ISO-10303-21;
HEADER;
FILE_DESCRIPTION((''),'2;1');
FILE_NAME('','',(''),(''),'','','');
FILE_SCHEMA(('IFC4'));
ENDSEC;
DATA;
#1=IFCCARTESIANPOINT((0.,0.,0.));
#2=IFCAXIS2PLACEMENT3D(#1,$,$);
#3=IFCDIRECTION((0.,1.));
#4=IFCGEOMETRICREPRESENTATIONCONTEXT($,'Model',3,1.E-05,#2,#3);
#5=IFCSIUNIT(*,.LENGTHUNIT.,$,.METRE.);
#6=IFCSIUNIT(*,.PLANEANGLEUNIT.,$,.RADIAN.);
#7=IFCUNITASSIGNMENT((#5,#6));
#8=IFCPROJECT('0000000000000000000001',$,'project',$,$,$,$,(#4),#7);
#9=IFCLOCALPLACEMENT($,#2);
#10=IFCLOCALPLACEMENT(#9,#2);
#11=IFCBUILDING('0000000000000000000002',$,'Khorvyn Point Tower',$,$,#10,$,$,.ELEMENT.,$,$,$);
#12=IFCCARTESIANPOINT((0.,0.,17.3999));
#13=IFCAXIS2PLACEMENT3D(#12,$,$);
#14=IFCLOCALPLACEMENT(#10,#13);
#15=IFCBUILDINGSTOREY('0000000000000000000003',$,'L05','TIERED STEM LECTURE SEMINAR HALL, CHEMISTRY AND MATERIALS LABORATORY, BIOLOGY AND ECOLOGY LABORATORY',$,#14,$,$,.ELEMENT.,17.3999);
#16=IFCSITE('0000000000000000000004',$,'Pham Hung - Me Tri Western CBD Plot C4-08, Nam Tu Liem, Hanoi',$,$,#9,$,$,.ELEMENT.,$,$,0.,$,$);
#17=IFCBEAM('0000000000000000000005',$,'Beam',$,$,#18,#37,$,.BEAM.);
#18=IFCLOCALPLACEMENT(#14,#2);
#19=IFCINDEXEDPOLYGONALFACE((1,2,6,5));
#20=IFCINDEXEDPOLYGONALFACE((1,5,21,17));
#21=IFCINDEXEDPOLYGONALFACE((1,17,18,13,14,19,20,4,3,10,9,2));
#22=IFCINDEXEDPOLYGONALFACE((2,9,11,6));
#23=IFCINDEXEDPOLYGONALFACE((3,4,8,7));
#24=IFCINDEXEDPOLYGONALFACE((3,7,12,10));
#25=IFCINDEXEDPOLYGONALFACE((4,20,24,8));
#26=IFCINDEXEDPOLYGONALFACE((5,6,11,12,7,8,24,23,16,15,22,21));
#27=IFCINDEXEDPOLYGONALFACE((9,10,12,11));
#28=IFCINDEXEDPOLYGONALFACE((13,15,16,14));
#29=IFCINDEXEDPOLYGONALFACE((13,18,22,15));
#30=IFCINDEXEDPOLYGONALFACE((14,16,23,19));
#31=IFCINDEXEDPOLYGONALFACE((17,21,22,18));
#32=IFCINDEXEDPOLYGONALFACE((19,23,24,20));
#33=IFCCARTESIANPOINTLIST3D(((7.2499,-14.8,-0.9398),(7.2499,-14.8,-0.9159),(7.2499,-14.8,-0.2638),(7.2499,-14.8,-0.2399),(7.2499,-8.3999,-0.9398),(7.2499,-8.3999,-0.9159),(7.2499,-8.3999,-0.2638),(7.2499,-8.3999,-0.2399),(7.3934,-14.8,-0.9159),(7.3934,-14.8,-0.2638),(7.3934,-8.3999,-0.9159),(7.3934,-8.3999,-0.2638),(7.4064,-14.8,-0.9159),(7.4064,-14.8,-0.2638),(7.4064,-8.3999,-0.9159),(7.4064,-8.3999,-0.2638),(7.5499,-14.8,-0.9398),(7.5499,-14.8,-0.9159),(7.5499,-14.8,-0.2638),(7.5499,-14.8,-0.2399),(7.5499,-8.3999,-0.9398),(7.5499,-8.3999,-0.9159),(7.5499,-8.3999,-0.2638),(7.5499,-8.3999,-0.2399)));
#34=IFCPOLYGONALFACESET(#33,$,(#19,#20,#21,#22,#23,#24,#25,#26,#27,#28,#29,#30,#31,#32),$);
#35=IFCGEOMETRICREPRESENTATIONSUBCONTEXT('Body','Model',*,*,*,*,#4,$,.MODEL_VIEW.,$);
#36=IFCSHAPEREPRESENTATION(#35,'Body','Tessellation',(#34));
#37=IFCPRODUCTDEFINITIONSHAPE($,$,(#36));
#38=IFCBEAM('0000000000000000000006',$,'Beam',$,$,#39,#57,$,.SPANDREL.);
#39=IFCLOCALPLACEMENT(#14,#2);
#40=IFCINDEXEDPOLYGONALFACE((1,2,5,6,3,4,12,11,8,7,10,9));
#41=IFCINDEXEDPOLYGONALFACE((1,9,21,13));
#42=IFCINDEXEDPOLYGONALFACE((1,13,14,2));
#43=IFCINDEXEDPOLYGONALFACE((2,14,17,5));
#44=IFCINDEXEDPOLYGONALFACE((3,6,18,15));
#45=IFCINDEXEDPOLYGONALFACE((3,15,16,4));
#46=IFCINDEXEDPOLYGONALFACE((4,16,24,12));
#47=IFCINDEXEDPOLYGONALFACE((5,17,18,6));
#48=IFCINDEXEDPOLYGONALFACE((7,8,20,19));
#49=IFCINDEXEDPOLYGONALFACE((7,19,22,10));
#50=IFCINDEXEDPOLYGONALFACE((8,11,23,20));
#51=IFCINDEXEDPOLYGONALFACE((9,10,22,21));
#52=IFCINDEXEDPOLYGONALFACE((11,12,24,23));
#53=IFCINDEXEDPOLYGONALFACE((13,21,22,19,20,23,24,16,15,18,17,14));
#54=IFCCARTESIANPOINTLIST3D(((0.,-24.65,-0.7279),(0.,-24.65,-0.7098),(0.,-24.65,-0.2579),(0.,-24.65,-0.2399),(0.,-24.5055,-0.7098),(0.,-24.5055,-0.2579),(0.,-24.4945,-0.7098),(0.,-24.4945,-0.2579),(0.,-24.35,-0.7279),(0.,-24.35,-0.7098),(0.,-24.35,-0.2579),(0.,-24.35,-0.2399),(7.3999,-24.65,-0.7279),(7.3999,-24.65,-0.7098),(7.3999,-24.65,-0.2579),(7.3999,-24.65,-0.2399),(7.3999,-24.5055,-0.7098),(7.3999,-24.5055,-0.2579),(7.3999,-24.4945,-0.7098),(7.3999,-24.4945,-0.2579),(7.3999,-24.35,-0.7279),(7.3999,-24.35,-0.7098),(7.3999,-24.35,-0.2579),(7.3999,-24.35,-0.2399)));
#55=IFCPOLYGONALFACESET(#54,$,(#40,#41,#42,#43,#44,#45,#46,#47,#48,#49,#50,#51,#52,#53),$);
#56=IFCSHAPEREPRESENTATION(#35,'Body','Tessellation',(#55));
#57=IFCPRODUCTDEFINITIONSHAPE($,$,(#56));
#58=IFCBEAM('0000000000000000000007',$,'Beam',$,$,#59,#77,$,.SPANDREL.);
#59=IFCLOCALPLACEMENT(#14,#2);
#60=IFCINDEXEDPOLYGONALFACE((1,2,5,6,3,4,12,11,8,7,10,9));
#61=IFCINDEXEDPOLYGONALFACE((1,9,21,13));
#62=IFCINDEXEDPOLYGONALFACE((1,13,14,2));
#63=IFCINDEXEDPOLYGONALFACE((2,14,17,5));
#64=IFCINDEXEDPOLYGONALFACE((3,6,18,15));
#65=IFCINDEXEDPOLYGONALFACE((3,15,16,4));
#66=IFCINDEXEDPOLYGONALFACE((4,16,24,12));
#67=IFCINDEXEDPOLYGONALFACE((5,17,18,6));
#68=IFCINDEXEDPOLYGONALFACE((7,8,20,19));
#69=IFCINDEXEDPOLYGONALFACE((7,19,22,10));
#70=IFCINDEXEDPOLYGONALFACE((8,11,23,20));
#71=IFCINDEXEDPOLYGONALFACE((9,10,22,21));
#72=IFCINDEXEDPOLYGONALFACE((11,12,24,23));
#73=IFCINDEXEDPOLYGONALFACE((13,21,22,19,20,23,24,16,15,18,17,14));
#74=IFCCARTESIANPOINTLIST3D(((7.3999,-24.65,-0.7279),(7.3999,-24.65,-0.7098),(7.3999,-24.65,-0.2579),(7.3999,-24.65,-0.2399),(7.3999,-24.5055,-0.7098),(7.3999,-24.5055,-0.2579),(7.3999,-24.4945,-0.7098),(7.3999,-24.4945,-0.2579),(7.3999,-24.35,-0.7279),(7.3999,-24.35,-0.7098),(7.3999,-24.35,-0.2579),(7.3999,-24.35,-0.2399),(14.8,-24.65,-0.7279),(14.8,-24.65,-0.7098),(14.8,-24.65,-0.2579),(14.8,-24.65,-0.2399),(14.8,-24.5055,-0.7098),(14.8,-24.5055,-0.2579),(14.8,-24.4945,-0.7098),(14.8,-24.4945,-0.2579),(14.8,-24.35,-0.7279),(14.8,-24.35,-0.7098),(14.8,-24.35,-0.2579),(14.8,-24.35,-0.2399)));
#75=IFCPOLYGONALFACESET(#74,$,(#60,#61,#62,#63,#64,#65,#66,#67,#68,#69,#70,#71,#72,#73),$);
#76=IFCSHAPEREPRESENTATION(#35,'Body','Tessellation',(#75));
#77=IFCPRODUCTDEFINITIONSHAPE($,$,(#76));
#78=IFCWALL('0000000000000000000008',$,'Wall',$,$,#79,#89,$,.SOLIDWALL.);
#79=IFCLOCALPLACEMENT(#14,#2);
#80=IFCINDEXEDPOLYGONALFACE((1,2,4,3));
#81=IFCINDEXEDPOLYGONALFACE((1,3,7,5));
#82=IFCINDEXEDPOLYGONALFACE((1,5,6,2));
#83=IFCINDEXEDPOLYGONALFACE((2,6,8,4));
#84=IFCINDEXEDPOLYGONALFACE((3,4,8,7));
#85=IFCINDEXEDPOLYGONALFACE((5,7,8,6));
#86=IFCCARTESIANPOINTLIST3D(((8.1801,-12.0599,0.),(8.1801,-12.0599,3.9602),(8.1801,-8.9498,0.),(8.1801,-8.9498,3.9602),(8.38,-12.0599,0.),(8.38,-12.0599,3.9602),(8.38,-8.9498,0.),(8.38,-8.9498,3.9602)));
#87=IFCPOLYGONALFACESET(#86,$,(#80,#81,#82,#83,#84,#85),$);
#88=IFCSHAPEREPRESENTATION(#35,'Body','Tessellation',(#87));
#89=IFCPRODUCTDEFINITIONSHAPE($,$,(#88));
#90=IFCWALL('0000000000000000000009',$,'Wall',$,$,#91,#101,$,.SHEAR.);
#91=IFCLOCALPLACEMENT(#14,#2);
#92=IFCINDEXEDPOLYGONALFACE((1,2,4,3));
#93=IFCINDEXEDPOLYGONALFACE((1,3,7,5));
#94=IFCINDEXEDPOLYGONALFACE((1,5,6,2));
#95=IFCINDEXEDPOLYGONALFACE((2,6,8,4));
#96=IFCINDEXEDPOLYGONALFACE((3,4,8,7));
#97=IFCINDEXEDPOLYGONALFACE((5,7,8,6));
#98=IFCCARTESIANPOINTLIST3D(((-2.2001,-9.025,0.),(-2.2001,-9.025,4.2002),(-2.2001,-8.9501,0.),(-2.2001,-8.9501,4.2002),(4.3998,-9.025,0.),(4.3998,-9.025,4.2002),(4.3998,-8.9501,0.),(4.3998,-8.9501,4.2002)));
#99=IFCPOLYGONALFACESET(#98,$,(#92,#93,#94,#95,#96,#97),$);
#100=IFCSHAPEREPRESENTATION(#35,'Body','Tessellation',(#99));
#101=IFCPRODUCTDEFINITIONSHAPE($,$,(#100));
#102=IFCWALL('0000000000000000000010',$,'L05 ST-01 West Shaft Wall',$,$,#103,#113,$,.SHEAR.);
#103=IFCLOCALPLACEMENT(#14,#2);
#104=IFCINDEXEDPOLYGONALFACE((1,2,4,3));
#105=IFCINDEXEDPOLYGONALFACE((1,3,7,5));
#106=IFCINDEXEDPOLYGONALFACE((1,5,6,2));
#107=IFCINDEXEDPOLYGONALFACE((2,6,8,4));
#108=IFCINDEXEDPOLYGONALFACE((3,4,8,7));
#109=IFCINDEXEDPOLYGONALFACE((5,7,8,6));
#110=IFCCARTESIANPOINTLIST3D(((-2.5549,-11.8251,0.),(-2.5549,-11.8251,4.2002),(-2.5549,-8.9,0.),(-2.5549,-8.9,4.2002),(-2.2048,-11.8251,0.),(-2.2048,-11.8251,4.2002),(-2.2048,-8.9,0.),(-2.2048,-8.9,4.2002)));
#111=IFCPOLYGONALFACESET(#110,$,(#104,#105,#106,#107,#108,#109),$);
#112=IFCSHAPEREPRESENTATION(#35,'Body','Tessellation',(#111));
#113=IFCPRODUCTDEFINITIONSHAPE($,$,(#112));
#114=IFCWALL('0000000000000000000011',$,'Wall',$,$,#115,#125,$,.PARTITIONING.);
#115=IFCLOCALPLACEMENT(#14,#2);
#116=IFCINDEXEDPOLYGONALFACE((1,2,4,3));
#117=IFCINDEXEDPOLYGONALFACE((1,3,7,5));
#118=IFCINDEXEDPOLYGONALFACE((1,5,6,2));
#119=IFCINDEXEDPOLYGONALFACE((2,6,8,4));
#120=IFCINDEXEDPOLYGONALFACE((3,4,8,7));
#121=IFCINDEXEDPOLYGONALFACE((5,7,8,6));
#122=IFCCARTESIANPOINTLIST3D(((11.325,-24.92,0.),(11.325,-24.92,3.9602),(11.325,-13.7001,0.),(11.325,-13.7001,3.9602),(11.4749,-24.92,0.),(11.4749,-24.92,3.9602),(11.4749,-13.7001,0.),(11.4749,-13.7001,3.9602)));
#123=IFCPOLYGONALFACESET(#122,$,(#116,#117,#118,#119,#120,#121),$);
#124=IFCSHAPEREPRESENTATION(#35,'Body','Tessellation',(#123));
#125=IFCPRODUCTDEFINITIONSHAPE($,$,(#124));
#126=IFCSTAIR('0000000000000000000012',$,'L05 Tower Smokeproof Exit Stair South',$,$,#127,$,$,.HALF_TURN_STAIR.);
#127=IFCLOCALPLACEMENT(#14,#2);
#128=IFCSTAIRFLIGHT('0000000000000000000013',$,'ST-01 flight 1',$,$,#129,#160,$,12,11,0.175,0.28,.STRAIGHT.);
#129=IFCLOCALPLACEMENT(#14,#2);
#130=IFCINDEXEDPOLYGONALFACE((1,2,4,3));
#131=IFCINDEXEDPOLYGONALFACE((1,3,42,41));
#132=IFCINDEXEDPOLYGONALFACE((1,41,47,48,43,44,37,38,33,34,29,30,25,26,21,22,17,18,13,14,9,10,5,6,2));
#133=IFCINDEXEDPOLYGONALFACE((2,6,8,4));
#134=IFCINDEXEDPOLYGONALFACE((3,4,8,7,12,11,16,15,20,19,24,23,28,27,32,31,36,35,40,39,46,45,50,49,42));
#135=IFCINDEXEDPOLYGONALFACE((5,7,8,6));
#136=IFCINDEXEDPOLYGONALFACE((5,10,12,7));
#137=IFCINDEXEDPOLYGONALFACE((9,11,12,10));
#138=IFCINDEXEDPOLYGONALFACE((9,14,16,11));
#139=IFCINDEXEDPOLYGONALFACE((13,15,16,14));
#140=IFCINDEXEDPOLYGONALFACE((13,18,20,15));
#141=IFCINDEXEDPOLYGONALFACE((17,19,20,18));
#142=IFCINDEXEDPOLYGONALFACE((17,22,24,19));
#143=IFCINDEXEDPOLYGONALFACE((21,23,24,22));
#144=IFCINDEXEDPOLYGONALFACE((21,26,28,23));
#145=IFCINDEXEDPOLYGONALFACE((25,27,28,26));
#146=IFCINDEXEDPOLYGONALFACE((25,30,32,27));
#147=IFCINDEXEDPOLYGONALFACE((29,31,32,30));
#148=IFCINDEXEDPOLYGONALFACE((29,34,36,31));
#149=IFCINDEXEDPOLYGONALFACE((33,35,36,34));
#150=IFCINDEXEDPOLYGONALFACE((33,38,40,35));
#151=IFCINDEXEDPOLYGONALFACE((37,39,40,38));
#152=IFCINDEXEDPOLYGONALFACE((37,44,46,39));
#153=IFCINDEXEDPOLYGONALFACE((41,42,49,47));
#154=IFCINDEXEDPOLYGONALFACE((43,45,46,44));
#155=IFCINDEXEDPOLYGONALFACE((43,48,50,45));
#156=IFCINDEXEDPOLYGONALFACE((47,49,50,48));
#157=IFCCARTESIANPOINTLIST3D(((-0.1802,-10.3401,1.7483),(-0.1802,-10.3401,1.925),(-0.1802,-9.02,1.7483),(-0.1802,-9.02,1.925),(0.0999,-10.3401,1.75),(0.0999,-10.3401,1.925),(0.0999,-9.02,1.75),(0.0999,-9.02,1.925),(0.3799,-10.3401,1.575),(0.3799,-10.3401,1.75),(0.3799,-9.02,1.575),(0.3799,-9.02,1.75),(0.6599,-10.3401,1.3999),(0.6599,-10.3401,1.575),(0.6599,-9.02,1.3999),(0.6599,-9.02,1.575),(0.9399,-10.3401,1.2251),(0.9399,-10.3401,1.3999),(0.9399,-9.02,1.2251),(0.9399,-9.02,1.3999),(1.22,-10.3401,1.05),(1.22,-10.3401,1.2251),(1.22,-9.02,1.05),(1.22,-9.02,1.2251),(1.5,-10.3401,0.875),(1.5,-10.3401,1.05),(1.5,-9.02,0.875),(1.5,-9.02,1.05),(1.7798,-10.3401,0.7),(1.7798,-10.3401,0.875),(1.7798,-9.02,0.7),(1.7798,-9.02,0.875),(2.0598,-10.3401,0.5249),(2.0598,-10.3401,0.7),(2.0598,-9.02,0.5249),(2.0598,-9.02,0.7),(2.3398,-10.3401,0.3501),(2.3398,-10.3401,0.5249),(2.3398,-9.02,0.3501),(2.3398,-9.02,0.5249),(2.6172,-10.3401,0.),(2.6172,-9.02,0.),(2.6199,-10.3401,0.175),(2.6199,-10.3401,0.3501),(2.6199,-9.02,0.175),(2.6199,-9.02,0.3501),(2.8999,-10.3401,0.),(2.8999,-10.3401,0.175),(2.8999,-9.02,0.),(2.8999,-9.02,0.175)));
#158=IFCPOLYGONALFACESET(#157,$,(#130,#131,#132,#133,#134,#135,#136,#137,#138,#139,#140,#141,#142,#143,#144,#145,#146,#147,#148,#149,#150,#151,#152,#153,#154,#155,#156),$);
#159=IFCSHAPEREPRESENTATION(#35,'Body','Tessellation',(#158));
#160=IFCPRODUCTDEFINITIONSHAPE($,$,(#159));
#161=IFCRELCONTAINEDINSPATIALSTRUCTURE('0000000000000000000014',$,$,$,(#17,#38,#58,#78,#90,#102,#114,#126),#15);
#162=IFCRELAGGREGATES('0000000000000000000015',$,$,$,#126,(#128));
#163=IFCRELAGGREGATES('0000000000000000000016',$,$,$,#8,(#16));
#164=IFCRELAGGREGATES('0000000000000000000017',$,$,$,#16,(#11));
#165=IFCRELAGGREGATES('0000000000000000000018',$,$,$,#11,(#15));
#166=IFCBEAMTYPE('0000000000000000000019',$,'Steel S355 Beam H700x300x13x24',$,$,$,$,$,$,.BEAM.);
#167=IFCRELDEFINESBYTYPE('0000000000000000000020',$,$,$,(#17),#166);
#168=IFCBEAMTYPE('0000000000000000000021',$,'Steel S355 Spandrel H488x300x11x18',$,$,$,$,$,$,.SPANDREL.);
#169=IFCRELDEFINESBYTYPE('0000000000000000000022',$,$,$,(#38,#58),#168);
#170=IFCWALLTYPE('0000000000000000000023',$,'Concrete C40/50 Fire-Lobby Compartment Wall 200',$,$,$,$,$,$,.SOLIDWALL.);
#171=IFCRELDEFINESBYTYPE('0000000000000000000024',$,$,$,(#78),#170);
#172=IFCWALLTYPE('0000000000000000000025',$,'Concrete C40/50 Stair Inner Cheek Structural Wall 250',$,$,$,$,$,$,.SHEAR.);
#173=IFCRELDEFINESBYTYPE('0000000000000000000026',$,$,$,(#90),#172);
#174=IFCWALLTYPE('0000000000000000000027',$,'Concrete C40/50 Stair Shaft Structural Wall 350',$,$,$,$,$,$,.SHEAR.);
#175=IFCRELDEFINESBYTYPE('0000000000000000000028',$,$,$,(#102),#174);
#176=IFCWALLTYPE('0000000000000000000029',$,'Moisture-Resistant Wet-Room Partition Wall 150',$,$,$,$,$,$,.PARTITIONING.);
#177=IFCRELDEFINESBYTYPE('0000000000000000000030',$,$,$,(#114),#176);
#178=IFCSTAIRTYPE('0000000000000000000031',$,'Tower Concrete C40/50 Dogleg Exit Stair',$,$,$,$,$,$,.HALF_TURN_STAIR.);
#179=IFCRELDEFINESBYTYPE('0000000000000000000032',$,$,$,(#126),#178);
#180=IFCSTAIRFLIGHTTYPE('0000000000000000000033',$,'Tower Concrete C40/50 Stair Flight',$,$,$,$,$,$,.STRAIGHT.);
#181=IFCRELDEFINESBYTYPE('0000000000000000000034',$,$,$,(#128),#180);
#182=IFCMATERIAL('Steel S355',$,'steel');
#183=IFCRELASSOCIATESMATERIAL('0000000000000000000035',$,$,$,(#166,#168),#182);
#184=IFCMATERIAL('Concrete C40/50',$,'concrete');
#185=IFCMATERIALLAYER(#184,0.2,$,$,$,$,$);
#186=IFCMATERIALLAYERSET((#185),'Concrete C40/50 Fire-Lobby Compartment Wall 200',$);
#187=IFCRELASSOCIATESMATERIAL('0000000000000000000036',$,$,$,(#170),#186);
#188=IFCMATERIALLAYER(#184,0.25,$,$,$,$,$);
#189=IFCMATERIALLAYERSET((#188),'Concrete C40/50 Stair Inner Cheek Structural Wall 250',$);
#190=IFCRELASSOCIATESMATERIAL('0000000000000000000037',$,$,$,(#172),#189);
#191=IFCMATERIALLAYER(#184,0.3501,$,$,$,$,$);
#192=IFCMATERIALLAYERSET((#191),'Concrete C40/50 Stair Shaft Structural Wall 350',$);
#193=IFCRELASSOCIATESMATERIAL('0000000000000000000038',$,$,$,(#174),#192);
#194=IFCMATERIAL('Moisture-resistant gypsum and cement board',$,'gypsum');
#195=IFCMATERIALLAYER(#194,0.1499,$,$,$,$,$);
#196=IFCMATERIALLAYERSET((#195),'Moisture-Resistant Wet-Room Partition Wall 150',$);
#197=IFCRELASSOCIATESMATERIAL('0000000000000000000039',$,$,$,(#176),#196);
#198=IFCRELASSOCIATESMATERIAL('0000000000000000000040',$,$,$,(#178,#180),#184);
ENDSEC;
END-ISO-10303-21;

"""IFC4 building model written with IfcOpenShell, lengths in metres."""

from ifc_helpers import new_model, si_unit, direction, frame, frame_2d, origin, origin_2d, place, context, subcontext, project, spatial, polyline, rectangle, i_section, outline, extrude, material, layer, layer_set, material_profile, profile_set, type_object, element, aggregate, save


model = new_model("IFC4")

# Units and contexts
model_context = context("Model", 3, precision=1e-05, world=origin(), true_north=direction((0.0, 1.0)))
body_context = subcontext(model_context, "Body", "Model", "MODEL_VIEW")
ifc_project = project(units=[si_unit("LENGTHUNIT", "METRE"), si_unit("PLANEANGLEUNIT", "RADIAN")], contexts=[model_context])

# Site, building, storey
site_placement = place(None, origin())
site = spatial("IfcSite", under=ifc_project, at=site_placement, Name="Pham Hung - Me Tri Western CBD Plot C4-08, Nam Tu Liem, Hanoi", CompositionType="ELEMENT", RefElevation=0.0)
building_placement = place(site_placement, origin())
building = spatial("IfcBuilding", under=site, at=building_placement, Name="Khorvyn Point Tower", CompositionType="ELEMENT")
storey_placement = place(building_placement, frame((0.0, 0.0, 17.3999)))
storey = spatial("IfcBuildingStorey", under=building, at=storey_placement, Name="L05", Description="TIERED STEM LECTURE SEMINAR HALL, CHEMISTRY AND MATERIALS LABORATORY, BIOLOGY AND ECOLOGY LABORATORY", CompositionType="ELEMENT", Elevation=17.3999)

# Shared definitions
ifc_material_1 = material(Name="Concrete C40/50", Category="concrete")

# Beams
ifc_material_2 = material(Name="Steel S355", Category="steel")
ifc_material_profile_1 = material_profile(ifc_material_2, i_section(OverallWidth=0.3, OverallDepth=0.7, WebThickness=0.0129, FlangeThickness=0.0239, at=origin_2d()))
ifc_profile_set_1 = profile_set([ifc_material_profile_1], Name="Steel S355 H700x300x13x24")
beam_type_1 = type_object("IfcBeamType", Name="Steel S355 Beam H700x300x13x24", PredefinedType="BEAM", material=ifc_profile_set_1)
beam_1_placement = place(storey_placement, frame((7.3999, -14.8, -0.5898), z_axis=(0.0, 1.0, 0.0), x_axis=(-1.0, 0.0, 0.0)))
element("IfcBeam", 1, at=beam_1_placement, inside=storey, type_object=beam_type_1, Name="Beam", PredefinedType="BEAM", context=body_context, shape_type="SweptSolid", body=[
    extrude(i_section(OverallWidth=0.3, OverallDepth=0.7, WebThickness=0.0129, FlangeThickness=0.0239, at=origin_2d()), origin(), (0.0, 0.0, 1.0), 6.4001),
])
ifc_material_profile_2 = material_profile(ifc_material_2, i_section(OverallWidth=0.3, OverallDepth=0.488, WebThickness=0.011, FlangeThickness=0.0181, at=origin_2d()))
ifc_profile_set_2 = profile_set([ifc_material_profile_2], Name="Steel S355 H488x300x11x18")
beam_type_2 = type_object("IfcBeamType", Name="Steel S355 Spandrel H488x300x11x18", PredefinedType="SPANDREL", material=ifc_profile_set_2)
beam_2_placement = place(storey_placement, frame((0.0, -24.5, -0.4839), z_axis=(1.0, 0.0, 0.0), x_axis=(0.0, 1.0, 0.0)))
element("IfcBeam", 2, at=beam_2_placement, inside=storey, type_object=beam_type_2, Name="Beam", PredefinedType="SPANDREL", context=body_context, shape_type="SweptSolid", body=[
    extrude(i_section(OverallWidth=0.3, OverallDepth=0.488, WebThickness=0.011, FlangeThickness=0.0181, at=origin_2d()), origin(), (0.0, 0.0, 1.0), 7.3999),
])
beam_3_placement = place(storey_placement, frame((7.3999, -24.5, -0.4839), z_axis=(1.0, 0.0, 0.0), x_axis=(0.0, 1.0, 0.0)))
element("IfcBeam", 3, at=beam_3_placement, inside=storey, type_object=beam_type_2, Name="Beam", PredefinedType="SPANDREL", context=body_context, shape_type="SweptSolid", body=[
    extrude(i_section(OverallWidth=0.3, OverallDepth=0.488, WebThickness=0.011, FlangeThickness=0.0181, at=origin_2d()), origin(), (0.0, 0.0, 1.0), 7.4001),
])

# Shared definitions
ifc_layer_1 = layer(ifc_material_1, 0.2)
ifc_layer_set_1 = layer_set([ifc_layer_1], Name="Concrete C40/50 Fire-Lobby Compartment Wall 200")
wall_type_1 = type_object("IfcWallType", Name="Concrete C40/50 Fire-Lobby Compartment Wall 200", PredefinedType="SOLIDWALL", material=ifc_layer_set_1)

# Walls
wall_1_placement = place(storey_placement, frame((8.28, -12.0601, 0.0), z_axis=(0.0, 0.0, 1.0), x_axis=(0.0, 1.0, 0.0)))
element("IfcWall", 4, at=wall_1_placement, inside=storey, type_object=wall_type_1, Name="Wall", PredefinedType="SOLIDWALL", context=body_context, shape_type="SweptSolid", body=[
    extrude(rectangle(XDim=3.1101, YDim=0.2, at=frame_2d((1.5552, 0.0))), origin(), (0.0, 0.0, 1.0), 3.9602),
])
ifc_layer_2 = layer(ifc_material_1, 0.25)
ifc_layer_set_2 = layer_set([ifc_layer_2], Name="Concrete C40/50 Stair Inner Cheek Structural Wall 250")
wall_type_2 = type_object("IfcWallType", Name="Concrete C40/50 Stair Inner Cheek Structural Wall 250", PredefinedType="SHEAR", material=ifc_layer_set_2)
wall_2_placement = place(storey_placement, frame((-2.2, -8.9875, 0.0), z_axis=(0.0, 0.0, 1.0), x_axis=(1.0, 0.0, 0.0)))
element("IfcWall", 5, at=wall_2_placement, inside=storey, type_object=wall_type_2, Name="Wall", PredefinedType="SHEAR", context=body_context, shape_type="SweptSolid", body=[
    extrude(rectangle(XDim=6.5999, YDim=0.075, at=frame_2d((3.2998, 0.0))), origin(), (0.0, 0.0, 1.0), 4.2002),
])
ifc_layer_3 = layer(ifc_material_1, 0.3501)
ifc_layer_set_3 = layer_set([ifc_layer_3], Name="Concrete C40/50 Stair Shaft Structural Wall 350")
wall_type_3 = type_object("IfcWallType", Name="Concrete C40/50 Stair Shaft Structural Wall 350", PredefinedType="SHEAR", material=ifc_layer_set_3)
wall_3_placement = place(storey_placement, frame((-2.3799, -11.825, 0.0), z_axis=(0.0, 0.0, 1.0), x_axis=(0.0, 1.0, 0.0)))
element("IfcWall", 6, at=wall_3_placement, inside=storey, type_object=wall_type_3, Name="L05 ST-01 West Shaft Wall", PredefinedType="SHEAR", context=body_context, shape_type="SweptSolid", body=[
    extrude(rectangle(XDim=2.925, YDim=0.3501, at=frame_2d((1.4624, 0.0))), origin(), (0.0, 0.0, 1.0), 4.2002),
])
ifc_material_3 = material(Name="Moisture-resistant gypsum and cement board", Category="gypsum")
ifc_layer_4 = layer(ifc_material_3, 0.1499)
ifc_layer_set_4 = layer_set([ifc_layer_4], Name="Moisture-Resistant Wet-Room Partition Wall 150")
wall_type_4 = type_object("IfcWallType", Name="Moisture-Resistant Wet-Room Partition Wall 150", PredefinedType="PARTITIONING", material=ifc_layer_set_4)
wall_4_placement = place(storey_placement, frame((11.3999, -24.9199, 0.0), z_axis=(0.0, 0.0, 1.0), x_axis=(0.0, 1.0, 0.0)))
element("IfcWall", 7, at=wall_4_placement, inside=storey, type_object=wall_type_4, Name="Wall", PredefinedType="PARTITIONING", context=body_context, shape_type="SweptSolid", body=[
    extrude(rectangle(XDim=11.22, YDim=0.1499, at=frame_2d((5.6099, 0.0))), origin(), (0.0, 0.0, 1.0), 3.9602),
])

# Stair, stair flight
stair_type = type_object("IfcStairType", Name="Tower Concrete C40/50 Dogleg Exit Stair", PredefinedType="HALF_TURN_STAIR", material=ifc_material_1)
stair_placement = place(storey_placement, origin())
stair = element("IfcStair", 8, at=stair_placement, inside=storey, type_object=stair_type, Name="L05 Tower Smokeproof Exit Stair South", PredefinedType="HALF_TURN_STAIR")
stair_flight_type = type_object("IfcStairFlightType", Name="Tower Concrete C40/50 Stair Flight", PredefinedType="STRAIGHT", material=ifc_material_1)
stair_flight_1_placement = place(storey_placement, frame((2.8999, -9.6799, 0.0), z_axis=(0.0, 0.0, 1.0), x_axis=(-1.0, 0.0, 0.0)))
stair_flight_1 = element("IfcStairFlight", 9, at=stair_flight_1_placement, type_object=stair_flight_type, Name="ST-01 flight 1", NumberOfRisers=12, NumberOfTreads=11, PredefinedType="STRAIGHT", RiserHeight=0.175, TreadLength=0.28, context=body_context, shape_type="SweptSolid", body=[
    extrude(outline(polyline([(0.0, 0.0), (0.0, 0.175), (0.28, 0.175), (0.28, 0.3501), (0.5601, 0.3501), (0.5601, 0.5249), (0.8401, 0.5249), (0.8401, 0.7), (1.1201, 0.7), (1.1201, 0.875), (1.3999, 0.875), (1.3999, 1.05), (1.6799, 1.05), (1.6799, 1.2251), (1.96, 1.2251), (1.96, 1.3999), (2.24, 1.3999), (2.24, 1.575), (2.52, 1.575), (2.52, 1.75), (2.8, 1.75), (2.8, 1.925), (3.0801, 1.925), (3.0801, 2.1001), (3.0801, 1.7483), (0.2827, 0.0), (0.0, 0.0)])), frame((0.0, 0.6602, 0.0), z_axis=(0.0, -1.0, 0.0), x_axis=(1.0, 0.0, 0.0)), (0.0, 0.0, 1.0), 1.3201),
])
aggregate(stair, [stair_flight_1])

save(model, "model.ifc")
